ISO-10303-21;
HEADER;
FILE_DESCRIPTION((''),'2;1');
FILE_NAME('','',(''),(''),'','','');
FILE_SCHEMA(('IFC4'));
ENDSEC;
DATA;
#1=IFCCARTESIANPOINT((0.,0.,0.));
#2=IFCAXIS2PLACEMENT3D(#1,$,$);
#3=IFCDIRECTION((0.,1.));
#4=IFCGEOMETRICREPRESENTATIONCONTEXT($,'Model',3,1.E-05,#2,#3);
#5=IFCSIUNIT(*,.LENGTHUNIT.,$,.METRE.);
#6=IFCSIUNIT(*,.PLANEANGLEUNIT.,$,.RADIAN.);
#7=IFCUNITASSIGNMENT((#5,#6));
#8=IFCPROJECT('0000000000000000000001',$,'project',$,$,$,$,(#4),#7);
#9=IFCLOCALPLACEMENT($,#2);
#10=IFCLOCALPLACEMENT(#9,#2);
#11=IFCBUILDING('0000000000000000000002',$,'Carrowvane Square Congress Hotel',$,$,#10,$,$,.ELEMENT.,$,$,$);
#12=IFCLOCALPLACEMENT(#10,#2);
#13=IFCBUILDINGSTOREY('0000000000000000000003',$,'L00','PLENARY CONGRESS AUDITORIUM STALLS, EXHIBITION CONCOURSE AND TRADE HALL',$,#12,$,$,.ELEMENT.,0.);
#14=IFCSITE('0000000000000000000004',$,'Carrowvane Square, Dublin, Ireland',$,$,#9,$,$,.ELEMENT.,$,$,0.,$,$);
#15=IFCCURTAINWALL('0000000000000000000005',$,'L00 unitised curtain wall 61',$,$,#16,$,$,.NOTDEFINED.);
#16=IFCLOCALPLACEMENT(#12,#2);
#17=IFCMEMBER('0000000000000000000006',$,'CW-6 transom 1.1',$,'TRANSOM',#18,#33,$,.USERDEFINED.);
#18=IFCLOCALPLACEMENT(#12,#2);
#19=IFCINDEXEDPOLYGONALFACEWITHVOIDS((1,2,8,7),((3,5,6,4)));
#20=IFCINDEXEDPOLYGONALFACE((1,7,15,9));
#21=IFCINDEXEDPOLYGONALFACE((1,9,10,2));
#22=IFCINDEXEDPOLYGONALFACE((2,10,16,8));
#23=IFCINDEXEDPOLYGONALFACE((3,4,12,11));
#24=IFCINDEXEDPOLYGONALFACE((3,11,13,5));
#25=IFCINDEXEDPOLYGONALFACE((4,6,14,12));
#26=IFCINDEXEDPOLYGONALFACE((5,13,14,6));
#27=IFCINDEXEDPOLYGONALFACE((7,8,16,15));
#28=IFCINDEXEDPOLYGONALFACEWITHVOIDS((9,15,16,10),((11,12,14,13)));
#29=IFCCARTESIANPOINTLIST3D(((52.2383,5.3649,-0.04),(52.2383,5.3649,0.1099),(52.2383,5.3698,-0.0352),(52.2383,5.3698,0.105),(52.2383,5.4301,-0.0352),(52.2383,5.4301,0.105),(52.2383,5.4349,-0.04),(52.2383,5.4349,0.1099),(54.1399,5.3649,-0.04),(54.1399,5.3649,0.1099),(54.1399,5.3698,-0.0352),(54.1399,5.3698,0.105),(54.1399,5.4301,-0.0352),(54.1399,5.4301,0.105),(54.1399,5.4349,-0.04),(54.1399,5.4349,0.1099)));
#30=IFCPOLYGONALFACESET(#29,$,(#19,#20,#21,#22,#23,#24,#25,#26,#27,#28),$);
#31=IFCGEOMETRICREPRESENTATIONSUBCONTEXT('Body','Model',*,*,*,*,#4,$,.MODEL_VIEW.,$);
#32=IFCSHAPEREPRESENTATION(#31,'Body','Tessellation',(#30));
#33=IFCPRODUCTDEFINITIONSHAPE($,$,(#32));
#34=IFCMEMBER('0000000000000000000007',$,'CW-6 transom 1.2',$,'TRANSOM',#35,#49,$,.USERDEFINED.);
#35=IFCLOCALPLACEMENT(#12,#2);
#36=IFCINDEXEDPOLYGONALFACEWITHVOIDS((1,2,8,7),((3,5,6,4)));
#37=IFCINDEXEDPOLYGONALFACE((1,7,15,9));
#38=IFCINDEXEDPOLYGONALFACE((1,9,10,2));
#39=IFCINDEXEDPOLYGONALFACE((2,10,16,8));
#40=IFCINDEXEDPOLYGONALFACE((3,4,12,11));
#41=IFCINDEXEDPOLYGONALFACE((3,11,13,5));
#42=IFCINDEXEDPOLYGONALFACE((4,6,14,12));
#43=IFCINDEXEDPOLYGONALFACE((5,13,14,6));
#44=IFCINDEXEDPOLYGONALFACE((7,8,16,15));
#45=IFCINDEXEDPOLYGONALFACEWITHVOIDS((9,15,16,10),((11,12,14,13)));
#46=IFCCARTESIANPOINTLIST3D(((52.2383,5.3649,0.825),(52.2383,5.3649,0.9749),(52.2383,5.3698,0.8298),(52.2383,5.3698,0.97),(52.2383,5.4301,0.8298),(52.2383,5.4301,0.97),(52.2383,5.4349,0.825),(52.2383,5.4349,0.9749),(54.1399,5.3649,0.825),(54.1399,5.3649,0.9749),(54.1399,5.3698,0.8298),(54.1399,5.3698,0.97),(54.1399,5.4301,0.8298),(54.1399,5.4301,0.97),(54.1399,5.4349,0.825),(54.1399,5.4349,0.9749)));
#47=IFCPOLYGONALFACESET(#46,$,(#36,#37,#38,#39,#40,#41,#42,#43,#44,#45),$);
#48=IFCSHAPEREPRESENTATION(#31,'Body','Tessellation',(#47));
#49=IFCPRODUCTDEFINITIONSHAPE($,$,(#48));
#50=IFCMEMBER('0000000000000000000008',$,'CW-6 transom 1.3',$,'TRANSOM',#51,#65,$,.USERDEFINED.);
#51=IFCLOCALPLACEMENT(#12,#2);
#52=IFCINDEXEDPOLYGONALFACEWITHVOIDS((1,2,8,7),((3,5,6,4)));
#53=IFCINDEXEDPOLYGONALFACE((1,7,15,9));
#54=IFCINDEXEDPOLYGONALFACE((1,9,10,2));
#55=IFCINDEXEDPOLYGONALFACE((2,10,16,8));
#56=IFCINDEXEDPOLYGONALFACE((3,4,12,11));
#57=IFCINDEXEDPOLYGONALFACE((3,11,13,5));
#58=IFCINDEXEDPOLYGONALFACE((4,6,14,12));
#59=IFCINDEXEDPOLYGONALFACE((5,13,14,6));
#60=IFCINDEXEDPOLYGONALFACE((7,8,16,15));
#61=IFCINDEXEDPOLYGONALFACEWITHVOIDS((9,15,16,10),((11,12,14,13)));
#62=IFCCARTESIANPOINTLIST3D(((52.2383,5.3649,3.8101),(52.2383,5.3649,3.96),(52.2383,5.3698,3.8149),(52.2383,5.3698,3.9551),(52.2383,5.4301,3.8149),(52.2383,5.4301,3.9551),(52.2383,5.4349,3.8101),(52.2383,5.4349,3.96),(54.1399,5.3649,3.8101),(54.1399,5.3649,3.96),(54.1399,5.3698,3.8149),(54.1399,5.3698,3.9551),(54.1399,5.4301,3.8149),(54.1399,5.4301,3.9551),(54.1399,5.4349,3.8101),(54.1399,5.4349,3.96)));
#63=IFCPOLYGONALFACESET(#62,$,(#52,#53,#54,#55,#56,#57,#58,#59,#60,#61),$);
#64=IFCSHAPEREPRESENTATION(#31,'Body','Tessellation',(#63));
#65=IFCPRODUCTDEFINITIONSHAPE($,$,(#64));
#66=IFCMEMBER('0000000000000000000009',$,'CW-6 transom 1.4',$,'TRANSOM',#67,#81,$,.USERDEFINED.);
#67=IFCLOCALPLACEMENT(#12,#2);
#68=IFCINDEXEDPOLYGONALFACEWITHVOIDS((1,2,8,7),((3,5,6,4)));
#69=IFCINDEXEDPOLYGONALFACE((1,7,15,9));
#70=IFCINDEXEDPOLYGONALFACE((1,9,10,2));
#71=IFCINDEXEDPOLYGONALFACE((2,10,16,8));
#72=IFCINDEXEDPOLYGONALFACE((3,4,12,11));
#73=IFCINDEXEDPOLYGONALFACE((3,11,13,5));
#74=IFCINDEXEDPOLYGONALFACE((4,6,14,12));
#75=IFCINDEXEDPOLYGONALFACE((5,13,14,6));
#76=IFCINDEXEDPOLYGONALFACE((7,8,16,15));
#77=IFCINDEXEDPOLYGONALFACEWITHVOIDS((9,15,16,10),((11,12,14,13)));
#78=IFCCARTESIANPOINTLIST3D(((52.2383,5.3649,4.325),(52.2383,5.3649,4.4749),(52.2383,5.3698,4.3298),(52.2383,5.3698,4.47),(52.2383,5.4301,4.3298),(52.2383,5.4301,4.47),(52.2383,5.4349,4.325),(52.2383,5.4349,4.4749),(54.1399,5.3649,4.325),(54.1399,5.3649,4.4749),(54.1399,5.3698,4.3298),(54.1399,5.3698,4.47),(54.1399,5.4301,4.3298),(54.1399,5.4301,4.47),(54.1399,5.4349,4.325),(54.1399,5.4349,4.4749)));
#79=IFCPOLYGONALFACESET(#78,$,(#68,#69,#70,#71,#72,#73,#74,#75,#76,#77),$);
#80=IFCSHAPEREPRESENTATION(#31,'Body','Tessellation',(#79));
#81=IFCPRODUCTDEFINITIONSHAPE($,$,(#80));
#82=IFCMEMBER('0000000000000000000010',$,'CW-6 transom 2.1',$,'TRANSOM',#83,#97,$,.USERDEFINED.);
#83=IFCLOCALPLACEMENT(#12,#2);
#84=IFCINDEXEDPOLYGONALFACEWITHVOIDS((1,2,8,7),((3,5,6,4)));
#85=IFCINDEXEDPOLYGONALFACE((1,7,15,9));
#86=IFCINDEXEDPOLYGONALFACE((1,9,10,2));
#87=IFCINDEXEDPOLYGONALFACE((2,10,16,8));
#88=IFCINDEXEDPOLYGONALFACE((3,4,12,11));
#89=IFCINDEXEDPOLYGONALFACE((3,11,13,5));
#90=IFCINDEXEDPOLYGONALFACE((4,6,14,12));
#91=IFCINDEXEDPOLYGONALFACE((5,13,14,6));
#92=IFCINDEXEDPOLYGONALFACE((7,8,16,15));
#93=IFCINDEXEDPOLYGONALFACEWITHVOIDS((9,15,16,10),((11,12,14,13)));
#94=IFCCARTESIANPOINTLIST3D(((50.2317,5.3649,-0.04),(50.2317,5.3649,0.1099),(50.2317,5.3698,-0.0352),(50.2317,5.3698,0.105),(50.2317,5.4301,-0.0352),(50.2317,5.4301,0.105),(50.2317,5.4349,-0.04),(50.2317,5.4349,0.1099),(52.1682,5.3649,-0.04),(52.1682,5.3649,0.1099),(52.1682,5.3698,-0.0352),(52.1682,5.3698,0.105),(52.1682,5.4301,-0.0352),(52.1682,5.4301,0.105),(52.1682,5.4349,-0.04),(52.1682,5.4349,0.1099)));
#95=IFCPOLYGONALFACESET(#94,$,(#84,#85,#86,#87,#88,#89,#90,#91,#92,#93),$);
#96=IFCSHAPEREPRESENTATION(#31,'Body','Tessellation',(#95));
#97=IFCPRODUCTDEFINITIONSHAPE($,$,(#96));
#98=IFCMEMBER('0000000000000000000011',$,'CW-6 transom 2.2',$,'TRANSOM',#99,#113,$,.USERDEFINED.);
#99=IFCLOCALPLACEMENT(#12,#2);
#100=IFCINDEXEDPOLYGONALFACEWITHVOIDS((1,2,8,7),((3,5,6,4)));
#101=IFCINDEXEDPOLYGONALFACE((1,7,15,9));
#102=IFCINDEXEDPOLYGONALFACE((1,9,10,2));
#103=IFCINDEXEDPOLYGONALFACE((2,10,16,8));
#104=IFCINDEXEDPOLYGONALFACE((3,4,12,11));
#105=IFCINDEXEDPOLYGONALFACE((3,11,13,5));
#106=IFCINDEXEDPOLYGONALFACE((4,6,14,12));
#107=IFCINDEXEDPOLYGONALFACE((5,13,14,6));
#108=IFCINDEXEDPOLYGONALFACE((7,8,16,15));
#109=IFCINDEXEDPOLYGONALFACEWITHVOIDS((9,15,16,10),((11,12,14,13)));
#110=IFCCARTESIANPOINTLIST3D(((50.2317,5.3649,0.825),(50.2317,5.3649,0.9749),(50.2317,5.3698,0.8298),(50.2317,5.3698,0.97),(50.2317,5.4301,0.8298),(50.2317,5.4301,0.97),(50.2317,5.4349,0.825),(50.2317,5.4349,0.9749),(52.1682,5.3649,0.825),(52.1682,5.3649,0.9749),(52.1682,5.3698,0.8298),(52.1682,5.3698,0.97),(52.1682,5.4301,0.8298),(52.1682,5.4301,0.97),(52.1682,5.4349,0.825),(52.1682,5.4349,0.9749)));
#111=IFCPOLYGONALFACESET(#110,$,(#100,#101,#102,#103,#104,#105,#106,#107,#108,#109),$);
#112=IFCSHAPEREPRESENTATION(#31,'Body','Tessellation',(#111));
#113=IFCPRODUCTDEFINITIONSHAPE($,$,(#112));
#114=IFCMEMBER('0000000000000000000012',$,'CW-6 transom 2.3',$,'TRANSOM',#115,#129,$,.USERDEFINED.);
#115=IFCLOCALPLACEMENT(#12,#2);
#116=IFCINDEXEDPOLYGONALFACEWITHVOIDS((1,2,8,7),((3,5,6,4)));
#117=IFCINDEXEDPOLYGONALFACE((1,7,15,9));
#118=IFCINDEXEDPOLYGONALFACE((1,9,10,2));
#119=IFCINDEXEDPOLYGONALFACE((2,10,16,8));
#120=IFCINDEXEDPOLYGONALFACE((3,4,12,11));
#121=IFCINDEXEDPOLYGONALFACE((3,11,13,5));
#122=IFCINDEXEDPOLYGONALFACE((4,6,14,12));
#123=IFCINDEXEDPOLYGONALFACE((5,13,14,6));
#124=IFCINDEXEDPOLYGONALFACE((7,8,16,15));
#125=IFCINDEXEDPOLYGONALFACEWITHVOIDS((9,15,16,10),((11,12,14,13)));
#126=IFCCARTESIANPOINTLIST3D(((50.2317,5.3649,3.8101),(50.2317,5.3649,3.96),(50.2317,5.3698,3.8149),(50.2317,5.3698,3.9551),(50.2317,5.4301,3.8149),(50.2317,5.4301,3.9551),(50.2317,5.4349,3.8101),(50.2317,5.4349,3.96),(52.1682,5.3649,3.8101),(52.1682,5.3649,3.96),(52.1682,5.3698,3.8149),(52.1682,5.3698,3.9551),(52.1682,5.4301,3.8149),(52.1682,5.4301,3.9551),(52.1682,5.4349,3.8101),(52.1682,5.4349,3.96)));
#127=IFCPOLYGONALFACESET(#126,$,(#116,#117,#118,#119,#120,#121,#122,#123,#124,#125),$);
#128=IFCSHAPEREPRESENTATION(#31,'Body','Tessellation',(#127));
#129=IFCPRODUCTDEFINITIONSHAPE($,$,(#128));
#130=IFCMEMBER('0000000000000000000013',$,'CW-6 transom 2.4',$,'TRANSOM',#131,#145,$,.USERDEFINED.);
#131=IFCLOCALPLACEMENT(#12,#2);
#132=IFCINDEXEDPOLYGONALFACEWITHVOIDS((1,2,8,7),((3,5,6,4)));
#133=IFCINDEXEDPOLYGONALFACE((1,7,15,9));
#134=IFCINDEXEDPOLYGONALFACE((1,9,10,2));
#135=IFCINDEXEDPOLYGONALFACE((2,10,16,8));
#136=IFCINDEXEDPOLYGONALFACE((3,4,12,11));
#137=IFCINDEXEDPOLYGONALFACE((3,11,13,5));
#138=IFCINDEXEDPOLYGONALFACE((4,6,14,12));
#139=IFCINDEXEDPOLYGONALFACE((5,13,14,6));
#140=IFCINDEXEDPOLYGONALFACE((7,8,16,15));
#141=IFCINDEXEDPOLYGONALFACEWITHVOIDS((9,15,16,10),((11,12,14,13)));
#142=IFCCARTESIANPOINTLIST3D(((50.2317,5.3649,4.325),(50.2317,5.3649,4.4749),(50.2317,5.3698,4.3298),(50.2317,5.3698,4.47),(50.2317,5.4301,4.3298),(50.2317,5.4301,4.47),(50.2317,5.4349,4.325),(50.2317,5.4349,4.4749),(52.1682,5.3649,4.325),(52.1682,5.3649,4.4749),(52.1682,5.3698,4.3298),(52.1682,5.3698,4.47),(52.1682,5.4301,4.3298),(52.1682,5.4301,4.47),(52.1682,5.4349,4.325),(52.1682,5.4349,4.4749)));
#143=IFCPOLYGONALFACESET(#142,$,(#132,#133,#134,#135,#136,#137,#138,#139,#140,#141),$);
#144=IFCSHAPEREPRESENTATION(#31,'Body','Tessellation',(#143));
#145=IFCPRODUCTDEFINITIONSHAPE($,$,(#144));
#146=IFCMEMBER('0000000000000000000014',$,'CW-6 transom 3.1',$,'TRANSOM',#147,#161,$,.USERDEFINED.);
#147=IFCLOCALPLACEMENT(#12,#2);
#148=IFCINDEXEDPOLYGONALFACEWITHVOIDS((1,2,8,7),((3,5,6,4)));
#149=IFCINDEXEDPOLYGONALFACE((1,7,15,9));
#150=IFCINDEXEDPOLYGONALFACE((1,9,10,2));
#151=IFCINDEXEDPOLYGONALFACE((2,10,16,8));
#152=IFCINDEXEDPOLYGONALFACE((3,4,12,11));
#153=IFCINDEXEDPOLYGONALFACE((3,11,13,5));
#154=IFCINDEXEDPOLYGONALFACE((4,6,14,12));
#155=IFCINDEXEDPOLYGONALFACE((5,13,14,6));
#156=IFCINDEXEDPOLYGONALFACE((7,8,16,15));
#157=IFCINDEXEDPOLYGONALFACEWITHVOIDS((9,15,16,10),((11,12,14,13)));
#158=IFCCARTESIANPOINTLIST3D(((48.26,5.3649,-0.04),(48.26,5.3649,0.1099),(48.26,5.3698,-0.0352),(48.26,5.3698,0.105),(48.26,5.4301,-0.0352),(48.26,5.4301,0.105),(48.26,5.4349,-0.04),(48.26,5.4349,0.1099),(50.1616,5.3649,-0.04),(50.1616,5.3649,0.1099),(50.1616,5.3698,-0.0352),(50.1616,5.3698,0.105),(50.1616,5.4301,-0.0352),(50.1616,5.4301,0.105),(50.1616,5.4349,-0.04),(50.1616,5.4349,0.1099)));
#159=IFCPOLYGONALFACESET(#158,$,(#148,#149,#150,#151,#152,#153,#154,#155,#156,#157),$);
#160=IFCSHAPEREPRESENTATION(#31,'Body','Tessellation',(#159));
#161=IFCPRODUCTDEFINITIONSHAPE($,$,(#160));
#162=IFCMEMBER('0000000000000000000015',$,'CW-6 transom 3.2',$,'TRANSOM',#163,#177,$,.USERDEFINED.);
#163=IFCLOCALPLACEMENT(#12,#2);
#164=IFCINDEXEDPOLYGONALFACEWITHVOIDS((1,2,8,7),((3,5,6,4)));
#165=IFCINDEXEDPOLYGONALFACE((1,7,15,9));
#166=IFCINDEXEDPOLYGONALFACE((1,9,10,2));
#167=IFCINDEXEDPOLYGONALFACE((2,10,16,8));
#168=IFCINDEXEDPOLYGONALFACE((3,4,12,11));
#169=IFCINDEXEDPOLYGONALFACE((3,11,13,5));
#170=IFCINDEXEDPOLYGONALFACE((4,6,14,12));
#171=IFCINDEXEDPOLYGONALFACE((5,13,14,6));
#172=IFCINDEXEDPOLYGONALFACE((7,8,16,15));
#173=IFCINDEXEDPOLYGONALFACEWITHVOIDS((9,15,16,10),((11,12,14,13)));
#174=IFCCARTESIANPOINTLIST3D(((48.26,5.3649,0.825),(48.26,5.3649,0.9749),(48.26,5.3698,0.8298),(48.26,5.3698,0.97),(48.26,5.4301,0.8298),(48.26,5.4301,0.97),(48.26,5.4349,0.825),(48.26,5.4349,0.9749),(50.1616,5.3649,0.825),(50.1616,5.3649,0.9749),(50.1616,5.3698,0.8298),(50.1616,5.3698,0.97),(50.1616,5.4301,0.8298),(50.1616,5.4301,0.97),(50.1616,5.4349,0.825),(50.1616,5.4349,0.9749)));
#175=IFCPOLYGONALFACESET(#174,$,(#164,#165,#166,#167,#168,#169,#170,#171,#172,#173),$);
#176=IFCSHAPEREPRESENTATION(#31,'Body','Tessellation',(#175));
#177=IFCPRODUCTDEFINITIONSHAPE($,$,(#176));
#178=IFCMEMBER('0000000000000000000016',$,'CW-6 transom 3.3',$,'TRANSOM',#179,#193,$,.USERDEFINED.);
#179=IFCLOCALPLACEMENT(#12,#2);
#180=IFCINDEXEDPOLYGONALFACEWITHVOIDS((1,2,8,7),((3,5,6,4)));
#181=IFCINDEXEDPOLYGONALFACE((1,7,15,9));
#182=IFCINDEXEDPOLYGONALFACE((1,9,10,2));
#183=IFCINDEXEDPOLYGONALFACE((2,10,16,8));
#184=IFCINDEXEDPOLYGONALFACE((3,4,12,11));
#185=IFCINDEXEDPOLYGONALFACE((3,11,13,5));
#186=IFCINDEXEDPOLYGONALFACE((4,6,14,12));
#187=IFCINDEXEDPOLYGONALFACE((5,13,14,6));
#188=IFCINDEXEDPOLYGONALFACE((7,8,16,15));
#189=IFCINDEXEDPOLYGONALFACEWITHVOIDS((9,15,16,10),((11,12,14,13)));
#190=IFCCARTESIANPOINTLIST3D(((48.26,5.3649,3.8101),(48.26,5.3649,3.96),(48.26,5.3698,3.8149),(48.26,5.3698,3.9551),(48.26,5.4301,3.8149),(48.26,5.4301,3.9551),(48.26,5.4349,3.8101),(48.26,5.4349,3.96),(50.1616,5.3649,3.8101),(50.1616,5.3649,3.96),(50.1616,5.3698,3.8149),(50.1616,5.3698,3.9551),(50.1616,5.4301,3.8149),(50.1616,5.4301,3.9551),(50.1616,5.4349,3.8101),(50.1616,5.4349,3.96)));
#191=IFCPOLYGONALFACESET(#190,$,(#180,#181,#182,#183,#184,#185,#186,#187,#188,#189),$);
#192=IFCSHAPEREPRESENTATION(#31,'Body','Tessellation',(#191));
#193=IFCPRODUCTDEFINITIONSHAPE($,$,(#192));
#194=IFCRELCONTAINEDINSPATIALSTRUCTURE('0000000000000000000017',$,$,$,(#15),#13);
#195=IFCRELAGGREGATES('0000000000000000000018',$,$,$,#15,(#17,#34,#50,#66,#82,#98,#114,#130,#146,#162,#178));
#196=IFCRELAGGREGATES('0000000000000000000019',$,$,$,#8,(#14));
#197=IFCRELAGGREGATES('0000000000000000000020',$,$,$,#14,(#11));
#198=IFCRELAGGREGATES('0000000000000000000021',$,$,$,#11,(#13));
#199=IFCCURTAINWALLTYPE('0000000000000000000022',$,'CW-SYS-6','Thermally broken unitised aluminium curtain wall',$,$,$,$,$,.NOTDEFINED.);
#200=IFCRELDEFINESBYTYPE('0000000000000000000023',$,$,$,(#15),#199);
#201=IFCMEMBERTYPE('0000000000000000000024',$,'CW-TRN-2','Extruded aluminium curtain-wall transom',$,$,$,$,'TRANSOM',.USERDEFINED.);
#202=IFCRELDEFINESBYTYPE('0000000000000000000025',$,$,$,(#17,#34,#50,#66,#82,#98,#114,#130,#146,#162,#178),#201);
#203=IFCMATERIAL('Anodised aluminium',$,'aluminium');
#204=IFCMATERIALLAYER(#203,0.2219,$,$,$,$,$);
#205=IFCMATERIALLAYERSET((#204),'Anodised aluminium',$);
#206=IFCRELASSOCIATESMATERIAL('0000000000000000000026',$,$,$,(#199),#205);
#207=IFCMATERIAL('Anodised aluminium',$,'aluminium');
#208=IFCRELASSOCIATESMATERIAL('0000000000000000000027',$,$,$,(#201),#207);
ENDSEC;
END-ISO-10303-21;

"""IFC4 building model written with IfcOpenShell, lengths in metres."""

from ifc_helpers import new_model, si_unit, direction, frame, origin, origin_2d, place, context, subcontext, project, spatial, hollow_rectangle, extrude, material, layer, layer_set, material_profile, profile_set, type_object, element, aggregate, save


model = new_model("IFC4")

# Units and contexts
model_context = context("Model", 3, precision=1e-05, world=origin(), true_north=direction((0.0, 1.0)))
body_context = subcontext(model_context, "Body", "Model", "MODEL_VIEW")
ifc_project = project(units=[si_unit("LENGTHUNIT", "METRE"), si_unit("PLANEANGLEUNIT", "RADIAN")], contexts=[model_context])

# Site, building, storey
site_placement = place(None, origin())
site = spatial("IfcSite", under=ifc_project, at=site_placement, Name="Carrowvane Square, Dublin, Ireland", CompositionType="ELEMENT", RefElevation=0.0)
building_placement = place(site_placement, origin())
building = spatial("IfcBuilding", under=site, at=building_placement, Name="Carrowvane Square Congress Hotel", CompositionType="ELEMENT")
storey_placement = place(building_placement, origin())
storey = spatial("IfcBuildingStorey", under=building, at=storey_placement, Name="L00", Description="PLENARY CONGRESS AUDITORIUM STALLS, EXHIBITION CONCOURSE AND TRADE HALL", CompositionType="ELEMENT", Elevation=0.0)

# Curtain wall
ifc_material_1 = material(Name="Anodised aluminium", Category="aluminium")
ifc_layer_1 = layer(ifc_material_1, 0.2219)
ifc_layer_set_1 = layer_set([ifc_layer_1], Name="Anodised aluminium")
curtain_wall_type_1 = type_object("IfcCurtainWallType", Name="CW-SYS-6", Description="Thermally broken unitised aluminium curtain wall", PredefinedType="NOTDEFINED", material=ifc_layer_set_1)
curtain_wall_1_placement = place(storey_placement, origin())
curtain_wall_1 = element("IfcCurtainWall", 1, at=curtain_wall_1_placement, inside=storey, type_object=curtain_wall_type_1, Name="L00 unitised curtain wall 61", PredefinedType="NOTDEFINED")

# Members
ifc_material_2 = material(Name="Anodised aluminium", Category="aluminium")
ifc_material_profile_1 = material_profile(ifc_material_2, hollow_rectangle(XDim=0.0701, YDim=0.1499, WallThickness=0.0049, at=origin_2d()), Name="CW-TR 70x150x5")
ifc_profile_set_1 = profile_set([ifc_material_profile_1], Name="Anodised aluminium")
member_type_1 = type_object("IfcMemberType", Name="CW-TRN-2", Description="Extruded aluminium curtain-wall transom", ElementType="TRANSOM", PredefinedType="USERDEFINED", material=ifc_profile_set_1)
member_1_placement = place(storey_placement, frame((54.1399, 5.3999, 0.0349), z_axis=(-1.0, 0.0, 0.0), x_axis=(0.0, -1.0, 0.0)))
member_1 = element("IfcMember", 2, at=member_1_placement, type_object=member_type_1, Name="CW-6 transom 1.1", ObjectType="TRANSOM", PredefinedType="USERDEFINED", context=body_context, shape_type="SweptSolid", body=[
    extrude(hollow_rectangle(XDim=0.0701, YDim=0.1499, WallThickness=0.0049, at=origin_2d()), origin(), (0.0, 0.0, 1.0), 1.9016),
])
member_2_placement = place(storey_placement, frame((54.1399, 5.3999, 0.8999), z_axis=(-1.0, 0.0, 0.0), x_axis=(0.0, -1.0, 0.0)))
member_2 = element("IfcMember", 3, at=member_2_placement, type_object=member_type_1, Name="CW-6 transom 1.2", ObjectType="TRANSOM", PredefinedType="USERDEFINED", context=body_context, shape_type="SweptSolid", body=[
    extrude(hollow_rectangle(XDim=0.0701, YDim=0.1499, WallThickness=0.0049, at=origin_2d()), origin(), (0.0, 0.0, 1.0), 1.9016),
])
member_3_placement = place(storey_placement, frame((54.1399, 5.3999, 3.885), z_axis=(-1.0, 0.0, 0.0), x_axis=(0.0, -1.0, 0.0)))
member_3 = element("IfcMember", 4, at=member_3_placement, type_object=member_type_1, Name="CW-6 transom 1.3", ObjectType="TRANSOM", PredefinedType="USERDEFINED", context=body_context, shape_type="SweptSolid", body=[
    extrude(hollow_rectangle(XDim=0.0701, YDim=0.1499, WallThickness=0.0049, at=origin_2d()), origin(), (0.0, 0.0, 1.0), 1.9016),
])
member_4_placement = place(storey_placement, frame((54.1399, 5.3999, 4.3999), z_axis=(-1.0, 0.0, 0.0), x_axis=(0.0, -1.0, 0.0)))
member_4 = element("IfcMember", 5, at=member_4_placement, type_object=member_type_1, Name="CW-6 transom 1.4", ObjectType="TRANSOM", PredefinedType="USERDEFINED", context=body_context, shape_type="SweptSolid", body=[
    extrude(hollow_rectangle(XDim=0.0701, YDim=0.1499, WallThickness=0.0049, at=origin_2d()), origin(), (0.0, 0.0, 1.0), 1.9016),
])
member_5_placement = place(storey_placement, frame((52.1682, 5.3999, 0.0349), z_axis=(-1.0, 0.0, 0.0), x_axis=(0.0, -1.0, 0.0)))
member_5 = element("IfcMember", 6, at=member_5_placement, type_object=member_type_1, Name="CW-6 transom 2.1", ObjectType="TRANSOM", PredefinedType="USERDEFINED", context=body_context, shape_type="SweptSolid", body=[
    extrude(hollow_rectangle(XDim=0.0701, YDim=0.1499, WallThickness=0.0049, at=origin_2d()), origin(), (0.0, 0.0, 1.0), 1.9365),
])
member_6_placement = place(storey_placement, frame((52.1682, 5.3999, 0.8999), z_axis=(-1.0, 0.0, 0.0), x_axis=(0.0, -1.0, 0.0)))
member_6 = element("IfcMember", 7, at=member_6_placement, type_object=member_type_1, Name="CW-6 transom 2.2", ObjectType="TRANSOM", PredefinedType="USERDEFINED", context=body_context, shape_type="SweptSolid", body=[
    extrude(hollow_rectangle(XDim=0.0701, YDim=0.1499, WallThickness=0.0049, at=origin_2d()), origin(), (0.0, 0.0, 1.0), 1.9365),
])
member_7_placement = place(storey_placement, frame((52.1682, 5.3999, 3.885), z_axis=(-1.0, 0.0, 0.0), x_axis=(0.0, -1.0, 0.0)))
member_7 = element("IfcMember", 8, at=member_7_placement, type_object=member_type_1, Name="CW-6 transom 2.3", ObjectType="TRANSOM", PredefinedType="USERDEFINED", context=body_context, shape_type="SweptSolid", body=[
    extrude(hollow_rectangle(XDim=0.0701, YDim=0.1499, WallThickness=0.0049, at=origin_2d()), origin(), (0.0, 0.0, 1.0), 1.9365),
])
member_8_placement = place(storey_placement, frame((52.1682, 5.3999, 4.3999), z_axis=(-1.0, 0.0, 0.0), x_axis=(0.0, -1.0, 0.0)))
member_8 = element("IfcMember", 9, at=member_8_placement, type_object=member_type_1, Name="CW-6 transom 2.4", ObjectType="TRANSOM", PredefinedType="USERDEFINED", context=body_context, shape_type="SweptSolid", body=[
    extrude(hollow_rectangle(XDim=0.0701, YDim=0.1499, WallThickness=0.0049, at=origin_2d()), origin(), (0.0, 0.0, 1.0), 1.9365),
])
member_9_placement = place(storey_placement, frame((50.1616, 5.3999, 0.0349), z_axis=(-1.0, 0.0, 0.0), x_axis=(0.0, -1.0, 0.0)))
member_9 = element("IfcMember", 10, at=member_9_placement, type_object=member_type_1, Name="CW-6 transom 3.1", ObjectType="TRANSOM", PredefinedType="USERDEFINED", context=body_context, shape_type="SweptSolid", body=[
    extrude(hollow_rectangle(XDim=0.0701, YDim=0.1499, WallThickness=0.0049, at=origin_2d()), origin(), (0.0, 0.0, 1.0), 1.9016),
])
member_10_placement = place(storey_placement, frame((50.1616, 5.3999, 0.8999), z_axis=(-1.0, 0.0, 0.0), x_axis=(0.0, -1.0, 0.0)))
member_10 = element("IfcMember", 11, at=member_10_placement, type_object=member_type_1, Name="CW-6 transom 3.2", ObjectType="TRANSOM", PredefinedType="USERDEFINED", context=body_context, shape_type="SweptSolid", body=[
    extrude(hollow_rectangle(XDim=0.0701, YDim=0.1499, WallThickness=0.0049, at=origin_2d()), origin(), (0.0, 0.0, 1.0), 1.9016),
])
member_11_placement = place(storey_placement, frame((50.1616, 5.3999, 3.885), z_axis=(-1.0, 0.0, 0.0), x_axis=(0.0, -1.0, 0.0)))
member_11 = element("IfcMember", 12, at=member_11_placement, type_object=member_type_1, Name="CW-6 transom 3.3", ObjectType="TRANSOM", PredefinedType="USERDEFINED", context=body_context, shape_type="SweptSolid", body=[
    extrude(hollow_rectangle(XDim=0.0701, YDim=0.1499, WallThickness=0.0049, at=origin_2d()), origin(), (0.0, 0.0, 1.0), 1.9016),
])

aggregate(curtain_wall_1, [member_1, member_2, member_3, member_4, member_5, member_6, member_7, member_8, member_9, member_10, member_11])

save(model, "model.ifc")
